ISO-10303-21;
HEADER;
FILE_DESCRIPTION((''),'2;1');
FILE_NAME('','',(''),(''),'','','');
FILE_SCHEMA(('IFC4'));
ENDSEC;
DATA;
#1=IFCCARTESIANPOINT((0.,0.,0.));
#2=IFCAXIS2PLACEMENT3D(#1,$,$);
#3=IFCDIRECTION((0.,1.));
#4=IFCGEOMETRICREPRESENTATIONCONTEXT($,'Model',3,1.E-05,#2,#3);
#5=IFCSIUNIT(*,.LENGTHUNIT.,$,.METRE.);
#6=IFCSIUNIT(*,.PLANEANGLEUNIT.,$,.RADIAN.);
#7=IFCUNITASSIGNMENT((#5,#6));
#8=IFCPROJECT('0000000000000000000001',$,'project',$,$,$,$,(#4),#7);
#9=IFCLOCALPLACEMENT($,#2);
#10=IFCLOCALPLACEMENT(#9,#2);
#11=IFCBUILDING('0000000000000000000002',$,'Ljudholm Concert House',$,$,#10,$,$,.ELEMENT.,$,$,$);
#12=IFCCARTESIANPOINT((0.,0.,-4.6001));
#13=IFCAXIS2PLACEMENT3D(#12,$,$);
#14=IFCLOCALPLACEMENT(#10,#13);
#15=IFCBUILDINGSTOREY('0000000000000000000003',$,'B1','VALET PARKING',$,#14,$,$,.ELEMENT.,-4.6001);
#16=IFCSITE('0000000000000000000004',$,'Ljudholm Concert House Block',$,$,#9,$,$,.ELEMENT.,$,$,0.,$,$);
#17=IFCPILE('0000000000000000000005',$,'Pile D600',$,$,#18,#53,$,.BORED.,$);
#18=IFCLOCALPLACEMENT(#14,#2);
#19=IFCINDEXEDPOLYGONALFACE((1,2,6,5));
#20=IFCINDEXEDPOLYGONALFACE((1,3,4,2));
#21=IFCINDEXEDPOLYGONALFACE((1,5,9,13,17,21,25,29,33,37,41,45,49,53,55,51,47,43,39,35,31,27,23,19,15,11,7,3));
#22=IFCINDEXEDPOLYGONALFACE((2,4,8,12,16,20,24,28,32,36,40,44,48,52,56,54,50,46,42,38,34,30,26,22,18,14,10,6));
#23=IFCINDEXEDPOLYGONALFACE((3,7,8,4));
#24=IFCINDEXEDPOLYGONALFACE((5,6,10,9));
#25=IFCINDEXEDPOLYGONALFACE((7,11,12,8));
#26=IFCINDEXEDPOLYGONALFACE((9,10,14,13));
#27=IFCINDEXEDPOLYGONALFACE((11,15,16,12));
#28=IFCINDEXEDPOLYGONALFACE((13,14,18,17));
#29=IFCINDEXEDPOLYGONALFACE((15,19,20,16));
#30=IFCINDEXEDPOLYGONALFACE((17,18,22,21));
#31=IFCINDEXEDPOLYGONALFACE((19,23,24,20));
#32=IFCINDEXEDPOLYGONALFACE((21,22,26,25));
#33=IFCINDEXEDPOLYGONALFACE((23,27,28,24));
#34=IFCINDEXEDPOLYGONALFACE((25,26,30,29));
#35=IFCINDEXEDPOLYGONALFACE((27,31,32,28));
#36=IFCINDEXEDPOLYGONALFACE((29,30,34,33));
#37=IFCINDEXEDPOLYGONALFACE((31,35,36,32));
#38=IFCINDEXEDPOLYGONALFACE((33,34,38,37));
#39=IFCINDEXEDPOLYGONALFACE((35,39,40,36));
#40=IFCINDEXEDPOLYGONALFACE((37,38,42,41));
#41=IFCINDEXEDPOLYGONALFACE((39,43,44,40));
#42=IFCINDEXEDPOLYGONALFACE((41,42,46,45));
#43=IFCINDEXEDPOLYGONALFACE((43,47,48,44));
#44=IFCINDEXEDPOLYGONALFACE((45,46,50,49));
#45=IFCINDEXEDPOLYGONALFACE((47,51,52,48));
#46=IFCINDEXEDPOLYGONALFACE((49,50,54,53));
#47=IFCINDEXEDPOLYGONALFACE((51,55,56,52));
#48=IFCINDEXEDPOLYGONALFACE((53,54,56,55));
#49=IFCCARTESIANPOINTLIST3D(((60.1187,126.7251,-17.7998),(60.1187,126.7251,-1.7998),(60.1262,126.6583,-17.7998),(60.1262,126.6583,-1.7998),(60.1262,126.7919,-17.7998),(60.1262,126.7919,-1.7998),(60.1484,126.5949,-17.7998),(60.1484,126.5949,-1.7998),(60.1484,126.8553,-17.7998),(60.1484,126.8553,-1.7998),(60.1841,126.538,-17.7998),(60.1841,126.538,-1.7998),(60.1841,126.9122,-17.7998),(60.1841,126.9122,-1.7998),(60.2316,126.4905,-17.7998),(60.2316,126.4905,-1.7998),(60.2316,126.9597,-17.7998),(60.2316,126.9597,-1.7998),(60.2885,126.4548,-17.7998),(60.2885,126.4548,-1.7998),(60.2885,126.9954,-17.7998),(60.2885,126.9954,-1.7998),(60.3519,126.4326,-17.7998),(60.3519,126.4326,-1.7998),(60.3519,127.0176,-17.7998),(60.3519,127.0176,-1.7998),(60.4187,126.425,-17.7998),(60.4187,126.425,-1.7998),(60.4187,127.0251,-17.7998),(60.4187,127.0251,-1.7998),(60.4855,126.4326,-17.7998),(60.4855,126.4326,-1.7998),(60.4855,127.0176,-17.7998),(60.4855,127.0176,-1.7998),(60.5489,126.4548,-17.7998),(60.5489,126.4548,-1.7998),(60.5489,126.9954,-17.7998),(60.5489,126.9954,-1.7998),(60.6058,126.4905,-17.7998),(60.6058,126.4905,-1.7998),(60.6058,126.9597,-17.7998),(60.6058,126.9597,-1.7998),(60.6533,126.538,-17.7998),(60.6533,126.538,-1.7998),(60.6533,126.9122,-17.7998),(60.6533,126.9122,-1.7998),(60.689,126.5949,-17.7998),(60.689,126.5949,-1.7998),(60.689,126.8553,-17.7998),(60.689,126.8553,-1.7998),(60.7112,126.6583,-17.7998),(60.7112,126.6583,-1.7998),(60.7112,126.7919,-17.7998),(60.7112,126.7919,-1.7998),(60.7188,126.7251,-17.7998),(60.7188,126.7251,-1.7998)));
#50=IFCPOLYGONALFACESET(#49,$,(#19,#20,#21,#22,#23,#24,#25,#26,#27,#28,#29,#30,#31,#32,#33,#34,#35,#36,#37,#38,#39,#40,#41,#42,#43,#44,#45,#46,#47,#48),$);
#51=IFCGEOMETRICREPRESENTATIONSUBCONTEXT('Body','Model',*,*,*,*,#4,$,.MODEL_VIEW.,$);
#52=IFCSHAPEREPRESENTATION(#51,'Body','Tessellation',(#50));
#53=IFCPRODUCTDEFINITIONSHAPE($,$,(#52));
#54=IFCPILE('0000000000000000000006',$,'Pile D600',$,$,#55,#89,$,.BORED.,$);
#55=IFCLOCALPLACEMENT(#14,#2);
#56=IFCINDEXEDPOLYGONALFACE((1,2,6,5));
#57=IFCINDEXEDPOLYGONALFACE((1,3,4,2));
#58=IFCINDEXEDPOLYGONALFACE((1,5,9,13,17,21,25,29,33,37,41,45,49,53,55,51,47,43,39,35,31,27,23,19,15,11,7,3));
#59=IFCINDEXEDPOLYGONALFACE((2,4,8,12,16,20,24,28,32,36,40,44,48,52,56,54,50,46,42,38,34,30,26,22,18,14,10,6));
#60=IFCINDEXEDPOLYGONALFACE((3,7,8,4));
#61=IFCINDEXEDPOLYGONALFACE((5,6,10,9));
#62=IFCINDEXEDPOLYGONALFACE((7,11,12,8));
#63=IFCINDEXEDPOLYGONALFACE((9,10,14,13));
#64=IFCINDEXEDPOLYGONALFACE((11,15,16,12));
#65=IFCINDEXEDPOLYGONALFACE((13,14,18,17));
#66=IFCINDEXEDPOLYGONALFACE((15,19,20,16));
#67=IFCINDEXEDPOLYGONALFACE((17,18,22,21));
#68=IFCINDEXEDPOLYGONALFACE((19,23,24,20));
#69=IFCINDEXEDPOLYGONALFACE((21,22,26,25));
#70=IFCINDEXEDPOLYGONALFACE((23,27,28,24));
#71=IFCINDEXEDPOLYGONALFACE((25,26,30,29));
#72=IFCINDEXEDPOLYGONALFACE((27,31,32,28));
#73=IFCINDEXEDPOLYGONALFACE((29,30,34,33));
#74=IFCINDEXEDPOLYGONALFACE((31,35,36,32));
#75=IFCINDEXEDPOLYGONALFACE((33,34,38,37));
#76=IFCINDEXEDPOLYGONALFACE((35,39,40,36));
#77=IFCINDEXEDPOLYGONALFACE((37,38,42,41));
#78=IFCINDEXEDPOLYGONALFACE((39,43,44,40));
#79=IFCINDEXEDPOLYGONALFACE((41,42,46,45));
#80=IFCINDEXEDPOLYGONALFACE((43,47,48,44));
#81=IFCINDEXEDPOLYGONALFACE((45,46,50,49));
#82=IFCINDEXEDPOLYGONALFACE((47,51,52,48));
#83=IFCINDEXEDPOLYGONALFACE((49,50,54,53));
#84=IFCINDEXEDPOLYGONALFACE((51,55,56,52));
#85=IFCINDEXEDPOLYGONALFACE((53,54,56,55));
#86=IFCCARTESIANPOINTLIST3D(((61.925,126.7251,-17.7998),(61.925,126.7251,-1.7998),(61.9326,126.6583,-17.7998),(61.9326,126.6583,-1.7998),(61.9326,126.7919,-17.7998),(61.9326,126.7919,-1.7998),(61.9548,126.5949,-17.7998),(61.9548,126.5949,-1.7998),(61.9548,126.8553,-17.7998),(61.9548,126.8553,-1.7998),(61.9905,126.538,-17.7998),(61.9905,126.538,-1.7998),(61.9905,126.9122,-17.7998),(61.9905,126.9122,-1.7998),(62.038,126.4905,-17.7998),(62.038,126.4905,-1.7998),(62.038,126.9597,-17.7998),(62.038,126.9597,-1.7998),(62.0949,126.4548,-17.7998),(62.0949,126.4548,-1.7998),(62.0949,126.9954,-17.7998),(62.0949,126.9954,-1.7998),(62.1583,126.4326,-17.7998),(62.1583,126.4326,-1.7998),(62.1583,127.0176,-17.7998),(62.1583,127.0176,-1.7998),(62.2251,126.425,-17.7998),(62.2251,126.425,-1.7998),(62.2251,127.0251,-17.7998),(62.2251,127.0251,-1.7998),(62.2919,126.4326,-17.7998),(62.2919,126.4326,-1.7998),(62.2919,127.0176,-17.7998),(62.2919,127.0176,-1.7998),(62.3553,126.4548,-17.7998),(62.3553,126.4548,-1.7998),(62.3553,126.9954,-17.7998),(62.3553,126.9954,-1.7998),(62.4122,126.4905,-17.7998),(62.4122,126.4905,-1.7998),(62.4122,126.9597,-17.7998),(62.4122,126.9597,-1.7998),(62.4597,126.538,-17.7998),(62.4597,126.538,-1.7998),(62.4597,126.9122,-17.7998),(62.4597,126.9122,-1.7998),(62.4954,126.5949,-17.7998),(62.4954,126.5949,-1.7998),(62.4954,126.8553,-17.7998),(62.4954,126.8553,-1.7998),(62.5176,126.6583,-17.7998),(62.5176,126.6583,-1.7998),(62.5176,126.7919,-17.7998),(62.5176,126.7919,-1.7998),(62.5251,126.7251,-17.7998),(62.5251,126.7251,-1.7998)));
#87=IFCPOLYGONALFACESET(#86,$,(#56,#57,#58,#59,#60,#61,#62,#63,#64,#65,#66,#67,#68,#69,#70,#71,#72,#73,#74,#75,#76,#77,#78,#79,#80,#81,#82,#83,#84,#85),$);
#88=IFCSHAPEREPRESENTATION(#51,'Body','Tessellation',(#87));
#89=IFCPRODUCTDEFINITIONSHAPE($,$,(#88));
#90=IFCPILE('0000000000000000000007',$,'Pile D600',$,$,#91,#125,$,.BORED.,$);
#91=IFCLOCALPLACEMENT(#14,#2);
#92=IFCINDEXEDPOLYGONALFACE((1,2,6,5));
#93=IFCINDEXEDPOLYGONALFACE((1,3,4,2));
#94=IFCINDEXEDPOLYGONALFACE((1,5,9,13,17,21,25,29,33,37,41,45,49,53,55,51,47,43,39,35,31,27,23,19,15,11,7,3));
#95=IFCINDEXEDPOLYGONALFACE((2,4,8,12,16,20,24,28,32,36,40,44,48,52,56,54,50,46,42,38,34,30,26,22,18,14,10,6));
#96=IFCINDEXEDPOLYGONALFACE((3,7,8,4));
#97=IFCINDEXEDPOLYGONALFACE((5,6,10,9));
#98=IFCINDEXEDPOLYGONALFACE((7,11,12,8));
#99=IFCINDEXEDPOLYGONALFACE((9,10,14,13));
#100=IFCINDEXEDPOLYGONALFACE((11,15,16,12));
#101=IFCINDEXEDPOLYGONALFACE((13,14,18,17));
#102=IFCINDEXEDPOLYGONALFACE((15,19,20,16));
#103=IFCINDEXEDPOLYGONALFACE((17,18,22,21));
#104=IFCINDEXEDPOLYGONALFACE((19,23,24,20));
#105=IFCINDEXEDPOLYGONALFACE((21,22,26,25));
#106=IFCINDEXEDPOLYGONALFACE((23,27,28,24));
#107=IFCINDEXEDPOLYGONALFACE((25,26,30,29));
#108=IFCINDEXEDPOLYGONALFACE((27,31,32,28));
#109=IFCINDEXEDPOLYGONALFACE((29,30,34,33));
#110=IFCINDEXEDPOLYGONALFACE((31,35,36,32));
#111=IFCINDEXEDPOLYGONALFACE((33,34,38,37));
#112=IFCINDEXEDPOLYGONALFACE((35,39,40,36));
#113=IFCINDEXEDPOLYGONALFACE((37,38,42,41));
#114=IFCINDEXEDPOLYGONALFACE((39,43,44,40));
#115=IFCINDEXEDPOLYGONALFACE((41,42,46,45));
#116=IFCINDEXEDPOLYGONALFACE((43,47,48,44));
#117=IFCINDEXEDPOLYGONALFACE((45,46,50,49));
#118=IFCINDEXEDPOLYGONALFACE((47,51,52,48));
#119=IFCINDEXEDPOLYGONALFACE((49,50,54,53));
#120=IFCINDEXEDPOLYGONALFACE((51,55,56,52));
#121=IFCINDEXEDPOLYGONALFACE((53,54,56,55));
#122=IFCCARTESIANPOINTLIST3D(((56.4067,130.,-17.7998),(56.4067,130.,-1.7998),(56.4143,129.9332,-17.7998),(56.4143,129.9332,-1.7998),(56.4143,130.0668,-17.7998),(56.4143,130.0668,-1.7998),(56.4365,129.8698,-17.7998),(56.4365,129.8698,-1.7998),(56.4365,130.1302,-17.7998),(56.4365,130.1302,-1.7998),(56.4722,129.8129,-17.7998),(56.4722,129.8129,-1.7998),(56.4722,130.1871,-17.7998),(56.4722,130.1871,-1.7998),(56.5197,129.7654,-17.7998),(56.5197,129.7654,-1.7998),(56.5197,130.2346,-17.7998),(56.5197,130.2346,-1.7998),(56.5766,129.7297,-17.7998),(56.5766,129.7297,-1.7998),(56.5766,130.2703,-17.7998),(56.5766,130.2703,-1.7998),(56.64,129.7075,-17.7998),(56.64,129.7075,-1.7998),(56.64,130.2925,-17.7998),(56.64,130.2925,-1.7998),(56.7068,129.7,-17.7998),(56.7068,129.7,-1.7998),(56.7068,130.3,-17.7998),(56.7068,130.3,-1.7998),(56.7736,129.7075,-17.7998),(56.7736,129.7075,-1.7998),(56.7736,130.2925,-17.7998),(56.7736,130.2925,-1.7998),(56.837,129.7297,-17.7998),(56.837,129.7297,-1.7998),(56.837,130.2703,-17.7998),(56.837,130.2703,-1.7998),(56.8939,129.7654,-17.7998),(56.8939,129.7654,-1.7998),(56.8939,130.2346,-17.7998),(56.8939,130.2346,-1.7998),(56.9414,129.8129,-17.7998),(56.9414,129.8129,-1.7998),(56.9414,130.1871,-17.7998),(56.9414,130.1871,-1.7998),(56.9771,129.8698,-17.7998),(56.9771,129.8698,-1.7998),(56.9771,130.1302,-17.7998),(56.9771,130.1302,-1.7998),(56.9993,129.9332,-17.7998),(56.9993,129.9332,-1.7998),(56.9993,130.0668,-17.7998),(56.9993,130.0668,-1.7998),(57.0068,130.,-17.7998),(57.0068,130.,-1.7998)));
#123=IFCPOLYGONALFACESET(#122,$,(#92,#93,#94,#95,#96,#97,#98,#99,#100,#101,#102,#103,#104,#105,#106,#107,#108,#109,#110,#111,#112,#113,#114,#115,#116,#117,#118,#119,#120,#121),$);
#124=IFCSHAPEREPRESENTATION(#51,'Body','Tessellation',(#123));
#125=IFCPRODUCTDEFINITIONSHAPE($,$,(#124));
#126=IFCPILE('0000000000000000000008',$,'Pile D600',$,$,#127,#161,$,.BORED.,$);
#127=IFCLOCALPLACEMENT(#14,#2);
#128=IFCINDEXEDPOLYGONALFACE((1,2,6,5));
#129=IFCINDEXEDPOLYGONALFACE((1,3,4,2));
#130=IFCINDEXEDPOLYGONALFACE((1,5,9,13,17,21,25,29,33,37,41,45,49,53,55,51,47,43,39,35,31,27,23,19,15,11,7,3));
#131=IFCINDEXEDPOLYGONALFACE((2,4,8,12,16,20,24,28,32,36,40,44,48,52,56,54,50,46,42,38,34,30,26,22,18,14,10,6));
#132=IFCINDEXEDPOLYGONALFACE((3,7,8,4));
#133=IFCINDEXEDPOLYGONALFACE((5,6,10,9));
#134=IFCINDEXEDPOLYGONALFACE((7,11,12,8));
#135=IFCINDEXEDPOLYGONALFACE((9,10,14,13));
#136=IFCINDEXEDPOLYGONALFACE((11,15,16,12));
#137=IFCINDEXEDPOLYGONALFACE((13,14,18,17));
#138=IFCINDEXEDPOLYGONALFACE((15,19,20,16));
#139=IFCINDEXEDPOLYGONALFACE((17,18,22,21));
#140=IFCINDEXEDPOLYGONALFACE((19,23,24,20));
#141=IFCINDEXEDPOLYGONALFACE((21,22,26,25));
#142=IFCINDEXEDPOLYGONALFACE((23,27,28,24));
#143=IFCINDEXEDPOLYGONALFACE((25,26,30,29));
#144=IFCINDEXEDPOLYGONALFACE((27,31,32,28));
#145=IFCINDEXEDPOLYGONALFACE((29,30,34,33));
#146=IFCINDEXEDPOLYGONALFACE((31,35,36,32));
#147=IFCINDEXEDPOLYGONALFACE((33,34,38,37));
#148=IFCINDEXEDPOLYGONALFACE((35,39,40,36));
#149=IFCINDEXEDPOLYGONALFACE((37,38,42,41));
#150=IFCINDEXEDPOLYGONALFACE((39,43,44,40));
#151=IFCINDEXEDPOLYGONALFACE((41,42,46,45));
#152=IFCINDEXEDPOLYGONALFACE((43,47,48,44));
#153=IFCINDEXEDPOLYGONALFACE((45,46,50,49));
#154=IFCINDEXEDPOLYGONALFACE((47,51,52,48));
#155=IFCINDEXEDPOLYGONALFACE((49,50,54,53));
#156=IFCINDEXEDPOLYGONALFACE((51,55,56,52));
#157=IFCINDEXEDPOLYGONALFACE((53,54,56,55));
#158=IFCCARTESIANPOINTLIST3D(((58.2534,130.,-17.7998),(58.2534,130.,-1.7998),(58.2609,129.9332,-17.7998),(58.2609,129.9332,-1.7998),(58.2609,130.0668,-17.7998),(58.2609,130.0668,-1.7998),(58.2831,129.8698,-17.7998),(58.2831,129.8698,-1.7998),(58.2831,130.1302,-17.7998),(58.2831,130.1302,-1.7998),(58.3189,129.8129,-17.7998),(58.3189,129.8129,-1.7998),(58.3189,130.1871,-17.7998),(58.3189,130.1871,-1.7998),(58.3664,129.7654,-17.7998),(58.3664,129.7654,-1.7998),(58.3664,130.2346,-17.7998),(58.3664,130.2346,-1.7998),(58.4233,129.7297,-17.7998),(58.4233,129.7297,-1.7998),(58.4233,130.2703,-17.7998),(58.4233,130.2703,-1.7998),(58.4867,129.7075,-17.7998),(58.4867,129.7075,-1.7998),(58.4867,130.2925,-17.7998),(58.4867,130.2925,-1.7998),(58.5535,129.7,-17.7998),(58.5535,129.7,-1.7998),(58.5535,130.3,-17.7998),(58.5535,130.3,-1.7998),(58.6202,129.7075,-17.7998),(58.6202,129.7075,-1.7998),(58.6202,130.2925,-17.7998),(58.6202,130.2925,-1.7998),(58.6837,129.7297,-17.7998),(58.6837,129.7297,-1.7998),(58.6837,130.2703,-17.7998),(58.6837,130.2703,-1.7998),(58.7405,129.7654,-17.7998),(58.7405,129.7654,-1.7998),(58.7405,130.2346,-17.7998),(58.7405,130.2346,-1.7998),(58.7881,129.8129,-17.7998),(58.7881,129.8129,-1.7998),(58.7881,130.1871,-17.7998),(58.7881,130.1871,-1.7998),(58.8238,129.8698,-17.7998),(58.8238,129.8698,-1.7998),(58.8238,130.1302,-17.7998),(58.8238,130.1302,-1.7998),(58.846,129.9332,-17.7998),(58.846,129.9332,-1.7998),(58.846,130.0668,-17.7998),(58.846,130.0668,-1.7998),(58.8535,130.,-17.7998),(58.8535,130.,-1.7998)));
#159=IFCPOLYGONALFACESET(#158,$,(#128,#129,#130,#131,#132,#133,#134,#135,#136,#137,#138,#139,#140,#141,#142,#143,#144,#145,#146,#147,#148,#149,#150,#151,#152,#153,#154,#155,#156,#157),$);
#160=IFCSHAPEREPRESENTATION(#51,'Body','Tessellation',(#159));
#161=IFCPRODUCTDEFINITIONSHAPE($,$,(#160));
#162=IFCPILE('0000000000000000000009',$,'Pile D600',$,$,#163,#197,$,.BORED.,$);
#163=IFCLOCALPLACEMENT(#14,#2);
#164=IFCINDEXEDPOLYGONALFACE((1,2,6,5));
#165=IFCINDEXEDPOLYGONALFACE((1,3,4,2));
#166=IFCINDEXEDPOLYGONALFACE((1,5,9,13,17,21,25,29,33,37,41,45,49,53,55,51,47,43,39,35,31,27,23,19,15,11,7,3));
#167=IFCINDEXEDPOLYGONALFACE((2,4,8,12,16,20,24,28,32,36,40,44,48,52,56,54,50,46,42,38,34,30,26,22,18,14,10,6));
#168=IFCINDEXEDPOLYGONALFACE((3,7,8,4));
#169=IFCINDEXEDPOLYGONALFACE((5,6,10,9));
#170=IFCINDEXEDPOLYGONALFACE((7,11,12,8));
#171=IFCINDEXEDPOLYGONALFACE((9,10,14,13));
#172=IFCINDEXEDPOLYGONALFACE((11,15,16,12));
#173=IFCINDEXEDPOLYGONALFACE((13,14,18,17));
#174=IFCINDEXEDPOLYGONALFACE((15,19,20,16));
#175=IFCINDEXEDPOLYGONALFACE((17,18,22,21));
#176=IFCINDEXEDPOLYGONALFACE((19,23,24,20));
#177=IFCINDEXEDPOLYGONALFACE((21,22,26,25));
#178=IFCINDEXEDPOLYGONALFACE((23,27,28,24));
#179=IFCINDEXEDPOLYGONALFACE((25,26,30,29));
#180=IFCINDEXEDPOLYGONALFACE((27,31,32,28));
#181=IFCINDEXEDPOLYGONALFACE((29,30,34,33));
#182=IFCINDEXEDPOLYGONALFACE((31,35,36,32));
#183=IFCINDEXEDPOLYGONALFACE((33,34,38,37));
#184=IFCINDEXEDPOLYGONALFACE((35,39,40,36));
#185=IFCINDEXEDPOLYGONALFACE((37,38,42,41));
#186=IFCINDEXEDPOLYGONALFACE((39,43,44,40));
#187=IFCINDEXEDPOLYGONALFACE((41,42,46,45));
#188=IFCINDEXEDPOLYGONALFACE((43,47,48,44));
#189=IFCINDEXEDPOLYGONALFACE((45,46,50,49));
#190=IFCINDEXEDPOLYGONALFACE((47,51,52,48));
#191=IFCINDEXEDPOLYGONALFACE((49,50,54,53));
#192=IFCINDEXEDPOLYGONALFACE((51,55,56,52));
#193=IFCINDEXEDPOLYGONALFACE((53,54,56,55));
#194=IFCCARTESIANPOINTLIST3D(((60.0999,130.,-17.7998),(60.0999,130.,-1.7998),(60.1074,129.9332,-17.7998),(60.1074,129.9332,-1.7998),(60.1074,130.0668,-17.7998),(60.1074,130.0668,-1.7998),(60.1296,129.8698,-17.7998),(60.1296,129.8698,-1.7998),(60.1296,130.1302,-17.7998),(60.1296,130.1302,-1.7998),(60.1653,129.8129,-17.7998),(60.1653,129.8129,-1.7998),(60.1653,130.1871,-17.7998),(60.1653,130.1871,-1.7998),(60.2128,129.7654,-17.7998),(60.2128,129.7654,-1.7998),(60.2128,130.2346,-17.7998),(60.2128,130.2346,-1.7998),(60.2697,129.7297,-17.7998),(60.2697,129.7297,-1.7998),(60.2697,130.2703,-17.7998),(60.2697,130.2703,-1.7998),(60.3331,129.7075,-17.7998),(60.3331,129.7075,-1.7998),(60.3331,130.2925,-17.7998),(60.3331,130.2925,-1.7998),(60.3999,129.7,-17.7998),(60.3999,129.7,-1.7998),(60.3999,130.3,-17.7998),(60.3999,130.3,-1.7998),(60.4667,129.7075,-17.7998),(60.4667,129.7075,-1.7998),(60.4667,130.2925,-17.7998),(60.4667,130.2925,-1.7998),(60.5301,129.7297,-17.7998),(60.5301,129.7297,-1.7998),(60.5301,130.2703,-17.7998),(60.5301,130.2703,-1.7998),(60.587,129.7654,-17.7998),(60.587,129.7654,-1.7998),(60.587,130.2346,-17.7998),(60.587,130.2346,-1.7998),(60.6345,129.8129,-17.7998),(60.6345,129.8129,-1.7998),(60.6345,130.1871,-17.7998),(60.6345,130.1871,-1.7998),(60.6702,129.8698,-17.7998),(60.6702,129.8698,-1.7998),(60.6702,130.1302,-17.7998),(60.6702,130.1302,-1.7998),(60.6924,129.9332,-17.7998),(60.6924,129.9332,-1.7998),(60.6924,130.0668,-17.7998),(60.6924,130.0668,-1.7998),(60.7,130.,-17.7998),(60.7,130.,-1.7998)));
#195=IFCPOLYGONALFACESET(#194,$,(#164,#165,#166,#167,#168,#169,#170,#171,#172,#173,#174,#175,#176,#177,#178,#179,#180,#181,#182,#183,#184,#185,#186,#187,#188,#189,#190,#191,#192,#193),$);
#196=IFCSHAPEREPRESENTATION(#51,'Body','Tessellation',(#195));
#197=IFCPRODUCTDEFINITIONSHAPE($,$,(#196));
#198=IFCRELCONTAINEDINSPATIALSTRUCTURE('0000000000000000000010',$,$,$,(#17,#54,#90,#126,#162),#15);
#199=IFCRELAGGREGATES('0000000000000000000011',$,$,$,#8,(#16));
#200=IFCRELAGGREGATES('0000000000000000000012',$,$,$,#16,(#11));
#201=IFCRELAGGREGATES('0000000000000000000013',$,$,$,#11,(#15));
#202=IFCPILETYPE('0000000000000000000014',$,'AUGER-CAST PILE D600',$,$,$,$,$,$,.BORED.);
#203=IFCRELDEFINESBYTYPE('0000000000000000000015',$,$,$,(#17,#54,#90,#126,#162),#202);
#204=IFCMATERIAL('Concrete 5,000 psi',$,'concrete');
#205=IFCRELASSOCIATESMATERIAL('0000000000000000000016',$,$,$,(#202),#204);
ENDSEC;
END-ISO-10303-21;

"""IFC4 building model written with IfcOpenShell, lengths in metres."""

from ifc_helpers import new_model, si_unit, direction, frame, origin, origin_2d, place, context, subcontext, project, spatial, circle, extrude, material, material_profile, profile_set, type_object, element, save


model = new_model("IFC4")

# Units and contexts
model_context = context("Model", 3, precision=1e-05, world=origin(), true_north=direction((0.0, 1.0)))
body_context = subcontext(model_context, "Body", "Model", "MODEL_VIEW")
ifc_project = project(units=[si_unit("LENGTHUNIT", "METRE"), si_unit("PLANEANGLEUNIT", "RADIAN")], contexts=[model_context])

# Site, building, storey
site_placement = place(None, origin())
site = spatial("IfcSite", under=ifc_project, at=site_placement, Name="Ljudholm Concert House Block", CompositionType="ELEMENT", RefElevation=0.0)
building_placement = place(site_placement, origin())
building = spatial("IfcBuilding", under=site, at=building_placement, Name="Ljudholm Concert House", CompositionType="ELEMENT")
storey_placement = place(building_placement, frame((0.0, 0.0, -4.6001)))
storey = spatial("IfcBuildingStorey", under=building, at=storey_placement, Name="B1", Description="VALET PARKING", CompositionType="ELEMENT", Elevation=-4.6001)

# Piles
ifc_material_1 = material(Name="Concrete 5,000 psi", Category="concrete")
ifc_material_profile_1 = material_profile(ifc_material_1, circle(Radius=0.3, at=origin_2d()), Name="AUGER-CAST PILE D600")
ifc_profile_set_1 = profile_set([ifc_material_profile_1], Name="Concrete 5,000 psi")
pile_type = type_object("IfcPileType", Name="AUGER-CAST PILE D600", PredefinedType="BORED", material=ifc_profile_set_1)
for number, where, z_axis, x_axis, name in (
    (1, (60.4187, 126.7251, -1.7998), (0.0, 0.0, -1.0), (1.0, 0.0, 0.0), "Pile D600"),
    (2, (62.2251, 126.7251, -1.7998), (0.0, 0.0, -1.0), (1.0, 0.0, 0.0), "Pile D600"),
    (3, (56.7068, 130.0, -1.7998), (0.0, 0.0, -1.0), (1.0, 0.0, 0.0), "Pile D600"),
    (4, (58.5535, 130.0, -1.7998), (0.0, 0.0, -1.0), (1.0, 0.0, 0.0), "Pile D600"),
    (5, (60.3999, 130.0, -1.7998), (0.0, 0.0, -1.0), (1.0, 0.0, 0.0), "Pile D600"),
):
    element("IfcPile", number, at=place(storey_placement, frame(where, z_axis=z_axis, x_axis=x_axis)), inside=storey, type_object=pile_type, Name=name, PredefinedType="BORED", context=body_context, shape_type="SweptSolid", body=[
        extrude(circle(Radius=0.3, at=origin_2d()), origin(), (0.0, 0.0, 1.0), 16.0),
    ])

save(model, "model.ifc")
